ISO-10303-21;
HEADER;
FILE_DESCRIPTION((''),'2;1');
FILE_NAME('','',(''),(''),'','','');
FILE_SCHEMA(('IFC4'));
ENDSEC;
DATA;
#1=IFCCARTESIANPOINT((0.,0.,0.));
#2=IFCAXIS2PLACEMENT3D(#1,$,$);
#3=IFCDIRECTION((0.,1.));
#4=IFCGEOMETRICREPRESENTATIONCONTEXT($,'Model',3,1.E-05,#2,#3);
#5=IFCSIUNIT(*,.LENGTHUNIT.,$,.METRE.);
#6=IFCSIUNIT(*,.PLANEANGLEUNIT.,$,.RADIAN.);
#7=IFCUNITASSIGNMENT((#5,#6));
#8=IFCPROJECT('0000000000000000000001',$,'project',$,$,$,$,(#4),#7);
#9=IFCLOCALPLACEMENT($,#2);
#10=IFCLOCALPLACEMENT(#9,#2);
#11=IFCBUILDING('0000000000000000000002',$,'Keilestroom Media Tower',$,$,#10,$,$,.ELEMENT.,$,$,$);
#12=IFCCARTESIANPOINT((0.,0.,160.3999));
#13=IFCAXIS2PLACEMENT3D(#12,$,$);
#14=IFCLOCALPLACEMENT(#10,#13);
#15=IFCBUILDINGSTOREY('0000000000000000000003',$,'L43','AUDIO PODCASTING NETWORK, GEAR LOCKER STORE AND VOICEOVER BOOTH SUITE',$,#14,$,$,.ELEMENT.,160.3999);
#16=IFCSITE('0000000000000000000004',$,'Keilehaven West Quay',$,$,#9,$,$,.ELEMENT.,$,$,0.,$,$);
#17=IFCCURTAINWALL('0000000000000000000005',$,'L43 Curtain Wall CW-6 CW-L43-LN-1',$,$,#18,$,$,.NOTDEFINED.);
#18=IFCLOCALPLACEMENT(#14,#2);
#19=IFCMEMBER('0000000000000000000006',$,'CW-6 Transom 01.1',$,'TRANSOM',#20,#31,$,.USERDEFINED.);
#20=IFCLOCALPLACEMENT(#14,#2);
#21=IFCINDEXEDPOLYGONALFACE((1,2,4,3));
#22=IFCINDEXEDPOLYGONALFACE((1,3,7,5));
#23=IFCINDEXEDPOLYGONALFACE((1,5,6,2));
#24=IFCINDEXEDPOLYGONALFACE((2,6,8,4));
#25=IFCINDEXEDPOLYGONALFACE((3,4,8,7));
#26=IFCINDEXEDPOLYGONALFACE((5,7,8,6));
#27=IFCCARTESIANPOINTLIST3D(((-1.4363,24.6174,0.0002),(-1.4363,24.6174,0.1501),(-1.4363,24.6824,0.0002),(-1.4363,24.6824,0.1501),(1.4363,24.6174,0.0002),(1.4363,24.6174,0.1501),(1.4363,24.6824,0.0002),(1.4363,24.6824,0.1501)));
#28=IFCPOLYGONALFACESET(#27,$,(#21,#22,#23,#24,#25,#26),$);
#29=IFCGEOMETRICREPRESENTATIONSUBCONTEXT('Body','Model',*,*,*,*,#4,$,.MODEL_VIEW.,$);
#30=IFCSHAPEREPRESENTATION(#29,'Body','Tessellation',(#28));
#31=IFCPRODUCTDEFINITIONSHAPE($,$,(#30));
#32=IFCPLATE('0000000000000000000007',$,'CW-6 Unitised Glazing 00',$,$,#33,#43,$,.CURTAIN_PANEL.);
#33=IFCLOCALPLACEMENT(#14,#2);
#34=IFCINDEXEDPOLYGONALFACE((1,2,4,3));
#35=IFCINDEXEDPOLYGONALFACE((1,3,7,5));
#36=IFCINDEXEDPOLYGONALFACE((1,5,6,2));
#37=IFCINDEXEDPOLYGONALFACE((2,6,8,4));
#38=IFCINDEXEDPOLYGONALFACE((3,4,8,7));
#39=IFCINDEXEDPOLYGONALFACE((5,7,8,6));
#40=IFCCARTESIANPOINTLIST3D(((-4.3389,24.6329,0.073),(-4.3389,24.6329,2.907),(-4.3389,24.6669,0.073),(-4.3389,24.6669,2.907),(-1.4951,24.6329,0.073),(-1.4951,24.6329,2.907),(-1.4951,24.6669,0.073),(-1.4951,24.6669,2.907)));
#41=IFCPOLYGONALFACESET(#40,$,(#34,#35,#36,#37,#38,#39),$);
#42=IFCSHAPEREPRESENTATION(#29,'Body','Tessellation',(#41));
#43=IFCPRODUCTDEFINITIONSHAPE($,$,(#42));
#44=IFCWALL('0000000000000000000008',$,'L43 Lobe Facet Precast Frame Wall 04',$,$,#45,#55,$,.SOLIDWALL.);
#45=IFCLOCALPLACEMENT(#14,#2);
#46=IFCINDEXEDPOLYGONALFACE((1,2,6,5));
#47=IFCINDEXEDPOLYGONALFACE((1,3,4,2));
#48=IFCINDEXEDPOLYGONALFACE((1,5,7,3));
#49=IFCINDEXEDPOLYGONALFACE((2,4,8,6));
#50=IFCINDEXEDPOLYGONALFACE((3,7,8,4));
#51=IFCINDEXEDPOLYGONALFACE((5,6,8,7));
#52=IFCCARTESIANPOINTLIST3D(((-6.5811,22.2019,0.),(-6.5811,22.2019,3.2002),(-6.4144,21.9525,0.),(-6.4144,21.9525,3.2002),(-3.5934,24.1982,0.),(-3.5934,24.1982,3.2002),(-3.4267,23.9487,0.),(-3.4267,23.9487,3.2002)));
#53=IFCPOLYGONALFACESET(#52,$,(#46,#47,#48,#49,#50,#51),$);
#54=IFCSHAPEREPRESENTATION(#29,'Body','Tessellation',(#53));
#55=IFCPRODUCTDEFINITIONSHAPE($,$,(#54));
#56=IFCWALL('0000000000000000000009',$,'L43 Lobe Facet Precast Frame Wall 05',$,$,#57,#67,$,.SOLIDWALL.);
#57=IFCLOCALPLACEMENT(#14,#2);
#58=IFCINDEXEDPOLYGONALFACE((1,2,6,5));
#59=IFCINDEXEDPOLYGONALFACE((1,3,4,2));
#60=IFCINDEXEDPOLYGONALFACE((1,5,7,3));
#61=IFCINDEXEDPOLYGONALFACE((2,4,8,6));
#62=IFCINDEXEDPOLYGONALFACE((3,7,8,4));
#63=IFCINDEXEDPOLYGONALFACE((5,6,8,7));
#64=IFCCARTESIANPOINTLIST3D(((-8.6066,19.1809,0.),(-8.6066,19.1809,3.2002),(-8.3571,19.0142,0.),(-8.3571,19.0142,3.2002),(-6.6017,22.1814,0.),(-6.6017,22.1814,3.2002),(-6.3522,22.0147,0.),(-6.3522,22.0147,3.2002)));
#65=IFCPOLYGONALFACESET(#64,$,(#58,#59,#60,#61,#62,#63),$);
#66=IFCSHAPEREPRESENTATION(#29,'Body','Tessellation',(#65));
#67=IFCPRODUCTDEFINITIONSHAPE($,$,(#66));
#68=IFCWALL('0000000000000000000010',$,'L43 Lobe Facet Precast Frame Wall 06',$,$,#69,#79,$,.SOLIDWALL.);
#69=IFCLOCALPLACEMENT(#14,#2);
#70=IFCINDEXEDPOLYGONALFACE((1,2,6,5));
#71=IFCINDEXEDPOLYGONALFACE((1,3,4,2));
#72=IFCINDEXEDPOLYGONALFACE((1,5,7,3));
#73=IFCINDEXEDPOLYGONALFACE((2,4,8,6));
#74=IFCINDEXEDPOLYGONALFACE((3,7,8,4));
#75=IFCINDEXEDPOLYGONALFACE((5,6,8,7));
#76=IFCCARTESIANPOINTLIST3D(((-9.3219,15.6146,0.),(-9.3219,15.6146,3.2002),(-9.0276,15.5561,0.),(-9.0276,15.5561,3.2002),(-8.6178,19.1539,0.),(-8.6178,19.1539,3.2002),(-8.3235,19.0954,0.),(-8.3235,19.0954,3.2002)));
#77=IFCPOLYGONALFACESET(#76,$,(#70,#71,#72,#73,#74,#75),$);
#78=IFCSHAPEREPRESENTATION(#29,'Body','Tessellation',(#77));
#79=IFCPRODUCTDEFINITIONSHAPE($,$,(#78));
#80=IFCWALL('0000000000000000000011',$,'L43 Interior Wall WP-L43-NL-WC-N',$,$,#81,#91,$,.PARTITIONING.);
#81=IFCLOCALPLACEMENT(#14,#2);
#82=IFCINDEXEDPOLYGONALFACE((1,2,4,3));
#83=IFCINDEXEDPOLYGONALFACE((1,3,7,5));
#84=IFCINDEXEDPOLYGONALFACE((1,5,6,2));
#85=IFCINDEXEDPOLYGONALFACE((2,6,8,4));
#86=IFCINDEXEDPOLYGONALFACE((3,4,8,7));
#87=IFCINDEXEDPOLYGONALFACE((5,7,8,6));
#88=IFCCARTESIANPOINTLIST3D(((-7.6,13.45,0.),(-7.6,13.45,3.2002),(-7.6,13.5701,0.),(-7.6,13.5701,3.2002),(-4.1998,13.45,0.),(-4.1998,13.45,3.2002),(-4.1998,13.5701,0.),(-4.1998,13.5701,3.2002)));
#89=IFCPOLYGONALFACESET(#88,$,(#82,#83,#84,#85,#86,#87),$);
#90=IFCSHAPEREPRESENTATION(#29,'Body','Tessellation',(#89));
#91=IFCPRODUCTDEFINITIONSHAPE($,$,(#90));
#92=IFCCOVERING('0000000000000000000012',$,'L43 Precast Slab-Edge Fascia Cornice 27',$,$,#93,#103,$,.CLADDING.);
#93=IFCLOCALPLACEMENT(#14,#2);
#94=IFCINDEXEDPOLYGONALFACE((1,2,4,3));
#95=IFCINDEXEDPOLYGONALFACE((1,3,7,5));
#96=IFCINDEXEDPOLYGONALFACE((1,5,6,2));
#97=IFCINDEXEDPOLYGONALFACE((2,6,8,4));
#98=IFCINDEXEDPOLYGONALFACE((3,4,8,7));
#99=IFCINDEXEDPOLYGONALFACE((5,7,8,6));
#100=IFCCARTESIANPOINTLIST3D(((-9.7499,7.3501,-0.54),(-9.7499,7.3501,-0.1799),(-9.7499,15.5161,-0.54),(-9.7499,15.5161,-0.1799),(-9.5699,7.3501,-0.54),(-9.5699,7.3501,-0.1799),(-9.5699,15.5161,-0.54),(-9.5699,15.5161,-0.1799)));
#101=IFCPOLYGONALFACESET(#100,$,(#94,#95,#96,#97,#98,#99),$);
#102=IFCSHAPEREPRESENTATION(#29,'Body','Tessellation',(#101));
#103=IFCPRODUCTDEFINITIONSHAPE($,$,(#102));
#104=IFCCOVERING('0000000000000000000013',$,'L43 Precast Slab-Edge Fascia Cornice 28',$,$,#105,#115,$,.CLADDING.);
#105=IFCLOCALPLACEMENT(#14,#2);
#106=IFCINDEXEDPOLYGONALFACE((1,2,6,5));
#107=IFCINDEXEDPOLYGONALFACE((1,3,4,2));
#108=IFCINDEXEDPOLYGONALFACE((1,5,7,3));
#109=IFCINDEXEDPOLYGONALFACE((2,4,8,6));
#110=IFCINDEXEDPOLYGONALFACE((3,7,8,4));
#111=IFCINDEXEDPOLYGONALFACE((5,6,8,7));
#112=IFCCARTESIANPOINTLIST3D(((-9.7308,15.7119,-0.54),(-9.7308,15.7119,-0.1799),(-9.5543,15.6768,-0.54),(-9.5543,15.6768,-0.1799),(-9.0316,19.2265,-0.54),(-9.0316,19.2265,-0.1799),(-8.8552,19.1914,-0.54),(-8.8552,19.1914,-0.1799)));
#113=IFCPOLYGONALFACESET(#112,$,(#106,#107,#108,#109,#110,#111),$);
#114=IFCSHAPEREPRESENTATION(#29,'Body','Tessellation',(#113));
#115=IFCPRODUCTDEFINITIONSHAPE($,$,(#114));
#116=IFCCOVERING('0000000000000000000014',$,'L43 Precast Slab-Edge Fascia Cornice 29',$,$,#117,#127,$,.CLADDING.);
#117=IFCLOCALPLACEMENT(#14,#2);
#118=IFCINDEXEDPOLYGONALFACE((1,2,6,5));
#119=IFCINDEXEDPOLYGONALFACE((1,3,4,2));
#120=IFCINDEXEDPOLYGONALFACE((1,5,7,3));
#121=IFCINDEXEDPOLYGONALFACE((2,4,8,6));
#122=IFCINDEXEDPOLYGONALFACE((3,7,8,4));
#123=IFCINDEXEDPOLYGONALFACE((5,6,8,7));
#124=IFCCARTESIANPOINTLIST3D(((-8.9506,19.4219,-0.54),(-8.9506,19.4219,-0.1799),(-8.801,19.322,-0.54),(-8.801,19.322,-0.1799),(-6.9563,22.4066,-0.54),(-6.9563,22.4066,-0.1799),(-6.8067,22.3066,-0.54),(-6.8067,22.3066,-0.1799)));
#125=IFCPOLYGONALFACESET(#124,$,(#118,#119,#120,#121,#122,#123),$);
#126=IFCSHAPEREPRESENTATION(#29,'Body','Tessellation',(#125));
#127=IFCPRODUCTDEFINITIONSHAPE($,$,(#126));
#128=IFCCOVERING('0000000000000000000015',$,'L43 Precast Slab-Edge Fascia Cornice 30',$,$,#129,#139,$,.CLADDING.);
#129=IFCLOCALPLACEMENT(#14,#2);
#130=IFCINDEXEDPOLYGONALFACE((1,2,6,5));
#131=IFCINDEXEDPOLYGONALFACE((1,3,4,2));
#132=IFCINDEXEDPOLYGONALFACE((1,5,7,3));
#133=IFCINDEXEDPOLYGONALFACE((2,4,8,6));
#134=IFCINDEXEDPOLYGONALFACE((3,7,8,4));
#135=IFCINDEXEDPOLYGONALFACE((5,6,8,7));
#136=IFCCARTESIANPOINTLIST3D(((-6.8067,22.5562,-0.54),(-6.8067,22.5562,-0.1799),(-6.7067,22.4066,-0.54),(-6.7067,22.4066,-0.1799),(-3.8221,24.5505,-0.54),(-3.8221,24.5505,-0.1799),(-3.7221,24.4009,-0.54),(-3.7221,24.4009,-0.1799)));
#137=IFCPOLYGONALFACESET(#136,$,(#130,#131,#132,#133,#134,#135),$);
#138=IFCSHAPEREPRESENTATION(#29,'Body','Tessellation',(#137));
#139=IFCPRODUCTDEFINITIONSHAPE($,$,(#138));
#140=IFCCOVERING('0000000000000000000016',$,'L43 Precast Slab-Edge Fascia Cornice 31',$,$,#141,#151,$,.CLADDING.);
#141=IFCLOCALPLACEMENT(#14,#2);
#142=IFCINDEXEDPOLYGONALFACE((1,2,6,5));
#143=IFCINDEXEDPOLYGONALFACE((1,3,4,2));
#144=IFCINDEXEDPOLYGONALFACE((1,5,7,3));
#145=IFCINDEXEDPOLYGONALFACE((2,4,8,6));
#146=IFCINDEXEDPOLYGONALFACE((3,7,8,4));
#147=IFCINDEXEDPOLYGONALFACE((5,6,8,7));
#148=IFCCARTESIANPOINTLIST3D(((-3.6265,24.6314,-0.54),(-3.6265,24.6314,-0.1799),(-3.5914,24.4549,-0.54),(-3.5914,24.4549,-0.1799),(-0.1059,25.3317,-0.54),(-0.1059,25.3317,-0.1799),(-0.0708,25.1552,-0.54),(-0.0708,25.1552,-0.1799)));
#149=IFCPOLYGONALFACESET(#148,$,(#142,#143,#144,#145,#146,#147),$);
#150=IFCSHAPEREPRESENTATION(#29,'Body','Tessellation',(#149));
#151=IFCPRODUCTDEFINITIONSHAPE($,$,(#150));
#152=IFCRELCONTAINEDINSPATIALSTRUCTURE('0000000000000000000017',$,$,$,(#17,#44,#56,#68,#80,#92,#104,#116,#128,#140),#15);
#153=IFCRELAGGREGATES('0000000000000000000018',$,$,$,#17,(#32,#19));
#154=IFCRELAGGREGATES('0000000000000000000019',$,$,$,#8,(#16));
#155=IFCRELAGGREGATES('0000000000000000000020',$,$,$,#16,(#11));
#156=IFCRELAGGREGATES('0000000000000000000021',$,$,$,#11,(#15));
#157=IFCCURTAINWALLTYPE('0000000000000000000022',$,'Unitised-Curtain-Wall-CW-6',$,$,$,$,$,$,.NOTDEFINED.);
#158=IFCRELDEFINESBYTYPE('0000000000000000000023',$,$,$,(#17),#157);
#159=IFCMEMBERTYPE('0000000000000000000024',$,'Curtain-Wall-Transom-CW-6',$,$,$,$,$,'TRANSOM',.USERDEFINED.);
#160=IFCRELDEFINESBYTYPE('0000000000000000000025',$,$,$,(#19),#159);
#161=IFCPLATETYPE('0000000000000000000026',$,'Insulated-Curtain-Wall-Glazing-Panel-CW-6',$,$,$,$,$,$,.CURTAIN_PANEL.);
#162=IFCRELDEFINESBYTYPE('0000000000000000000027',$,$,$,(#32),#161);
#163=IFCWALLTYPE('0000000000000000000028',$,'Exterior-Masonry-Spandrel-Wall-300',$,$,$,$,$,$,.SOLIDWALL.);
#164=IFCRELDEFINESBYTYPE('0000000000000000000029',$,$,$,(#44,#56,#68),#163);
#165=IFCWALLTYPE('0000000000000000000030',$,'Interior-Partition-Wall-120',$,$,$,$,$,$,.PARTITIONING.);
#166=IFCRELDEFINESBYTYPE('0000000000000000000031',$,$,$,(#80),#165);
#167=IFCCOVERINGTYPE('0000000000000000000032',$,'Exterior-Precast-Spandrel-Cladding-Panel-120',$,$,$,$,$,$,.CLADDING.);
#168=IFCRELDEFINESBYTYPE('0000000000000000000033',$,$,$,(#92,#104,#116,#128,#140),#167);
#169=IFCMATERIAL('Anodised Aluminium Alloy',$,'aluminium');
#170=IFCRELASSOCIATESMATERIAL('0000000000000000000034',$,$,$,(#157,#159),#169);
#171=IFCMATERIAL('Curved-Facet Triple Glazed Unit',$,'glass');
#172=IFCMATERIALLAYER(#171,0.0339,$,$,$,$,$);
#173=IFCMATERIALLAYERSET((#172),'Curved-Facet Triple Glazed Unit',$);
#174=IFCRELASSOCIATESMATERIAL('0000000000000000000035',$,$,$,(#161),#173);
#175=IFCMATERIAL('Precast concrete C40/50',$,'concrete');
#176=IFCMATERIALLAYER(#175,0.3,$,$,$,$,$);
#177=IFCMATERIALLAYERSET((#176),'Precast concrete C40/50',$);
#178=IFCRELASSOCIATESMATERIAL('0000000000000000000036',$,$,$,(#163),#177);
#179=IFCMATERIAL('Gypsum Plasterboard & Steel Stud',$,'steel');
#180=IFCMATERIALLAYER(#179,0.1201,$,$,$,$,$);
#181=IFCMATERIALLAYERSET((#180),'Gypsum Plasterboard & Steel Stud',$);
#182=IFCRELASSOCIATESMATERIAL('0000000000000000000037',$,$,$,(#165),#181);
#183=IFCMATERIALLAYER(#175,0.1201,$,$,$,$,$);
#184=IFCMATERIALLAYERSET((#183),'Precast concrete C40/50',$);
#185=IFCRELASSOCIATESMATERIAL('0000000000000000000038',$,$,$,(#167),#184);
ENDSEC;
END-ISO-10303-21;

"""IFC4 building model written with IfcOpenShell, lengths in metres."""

from ifc_helpers import new_model, si_unit, direction, frame, frame_2d, origin, origin_2d, place, context, subcontext, project, spatial, rectangle, extrude, source, transform, mapped, material, layer, layer_set, material_profile, profile_set, type_object, element, aggregate, save


model = new_model("IFC4")

# Units and contexts
model_context = context("Model", 3, precision=1e-05, world=origin(), true_north=direction((0.0, 1.0)))
body_context = subcontext(model_context, "Body", "Model", "MODEL_VIEW")
ifc_project = project(units=[si_unit("LENGTHUNIT", "METRE"), si_unit("PLANEANGLEUNIT", "RADIAN")], contexts=[model_context])

# Site, building, storey
site_placement = place(None, origin())
site = spatial("IfcSite", under=ifc_project, at=site_placement, Name="Keilehaven West Quay", CompositionType="ELEMENT", RefElevation=0.0)
building_placement = place(site_placement, origin())
building = spatial("IfcBuilding", under=site, at=building_placement, Name="Keilestroom Media Tower", CompositionType="ELEMENT")
storey_placement = place(building_placement, frame((0.0, 0.0, 160.3999)))
storey = spatial("IfcBuildingStorey", under=building, at=storey_placement, Name="L43", Description="AUDIO PODCASTING NETWORK, GEAR LOCKER STORE AND VOICEOVER BOOTH SUITE", CompositionType="ELEMENT", Elevation=160.3999)

# Curtain wall, member, plate
ifc_material_1 = material(Name="Anodised Aluminium Alloy", Category="aluminium")
curtain_wall_type = type_object("IfcCurtainWallType", Name="Unitised-Curtain-Wall-CW-6", PredefinedType="NOTDEFINED", material=ifc_material_1)
curtain_wall_placement = place(storey_placement, origin())
curtain_wall = element("IfcCurtainWall", 1, at=curtain_wall_placement, inside=storey, type_object=curtain_wall_type, Name="L43 Curtain Wall CW-6 CW-L43-LN-1", PredefinedType="NOTDEFINED")
ifc_material_profile_1 = material_profile(ifc_material_1, rectangle(XDim=0.0649, YDim=0.1499, at=origin_2d()), Name="ALU TRANSOM 65x150")
ifc_profile_set_1 = profile_set([ifc_material_profile_1], Name="Anodised Aluminium Alloy")
member_type_1 = type_object("IfcMemberType", Name="Curtain-Wall-Transom-CW-6", ElementType="TRANSOM", PredefinedType="USERDEFINED", material=ifc_profile_set_1)
shared_shape_1 = source(origin(), body_context, "Body", "SweptSolid", [
    extrude(rectangle(XDim=0.0649, YDim=0.1499, at=origin_2d()), origin(), (0.0, 0.0, 1.0), 2.8726),
])
member_1_placement = place(storey_placement, frame((-1.4363, 24.6499, 0.0752), z_axis=(1.0, 0.0, 0.0), x_axis=(0.0, 1.0, 0.0)))
member_1 = element("IfcMember", 2, at=member_1_placement, type_object=member_type_1, Name="CW-6 Transom 01.1", ObjectType="TRANSOM", PredefinedType="USERDEFINED", context=body_context, shape_type="MappedRepresentation", body=[
    mapped(shared_shape_1, transform((0.0, 0.0, 0.0), x_axis=(1.0, 0.0, 0.0), y_axis=(0.0, 1.0, 0.0), z_axis=(0.0, 0.0, 1.0), scale=1.0)),
])
ifc_material_2 = material(Name="Curved-Facet Triple Glazed Unit", Category="glass")
ifc_layer_1 = layer(ifc_material_2, 0.0339)
ifc_layer_set_1 = layer_set([ifc_layer_1], Name="Curved-Facet Triple Glazed Unit")
plate_type = type_object("IfcPlateType", Name="Insulated-Curtain-Wall-Glazing-Panel-CW-6", PredefinedType="CURTAIN_PANEL", material=ifc_layer_set_1)
shared_shape_2 = source(origin(), body_context, "Body", "SweptSolid", [
    extrude(rectangle(XDim=2.8438, YDim=0.0339, at=origin_2d()), origin(), (0.0, 0.0, 1.0), 2.834),
])
plate_placement = place(storey_placement, frame((-2.917, 24.6499, 0.073), z_axis=(0.0, 0.0, 1.0), x_axis=(1.0, 0.0, 0.0)))
plate = element("IfcPlate", 3, at=plate_placement, type_object=plate_type, Name="CW-6 Unitised Glazing 00", PredefinedType="CURTAIN_PANEL", context=body_context, shape_type="MappedRepresentation", body=[
    mapped(shared_shape_2, transform((0.0, 0.0, 0.0), x_axis=(1.0, 0.0, 0.0), y_axis=(0.0, 1.0, 0.0), z_axis=(0.0, 0.0, 1.0), scale=1.0)),
])
aggregate(curtain_wall, [plate, member_1])

# Walls
ifc_material_3 = material(Name="Precast concrete C40/50", Category="concrete")
ifc_layer_2 = layer(ifc_material_3, 0.3)
ifc_layer_set_2 = layer_set([ifc_layer_2], Name="Precast concrete C40/50")
wall_type_1 = type_object("IfcWallType", Name="Exterior-Masonry-Spandrel-Wall-300", PredefinedType="SOLIDWALL", material=ifc_layer_set_2)
wall_1_placement = place(storey_placement, frame((-3.51, 24.0735, 0.0), z_axis=(0.0, 0.0, 1.0), x_axis=(-0.831475, -0.555562, 0.0)))
element("IfcWall", 4, at=wall_1_placement, inside=storey, type_object=wall_type_1, Name="L43 Lobe Facet Precast Frame Wall 04", PredefinedType="SOLIDWALL", context=body_context, shape_type="SweptSolid", body=[
    extrude(rectangle(XDim=3.5933, YDim=0.3, at=frame_2d((1.7966, 0.0))), origin(), (0.0, 0.0, 1.0), 3.2002),
])
for number, where, z_axis, x_axis, name in (
    (5, (-6.4771, 22.0979, 0.0), (0.0, 0.0, 1.0), (-0.555574, -0.831467, 0.0), "L43 Lobe Facet Precast Frame Wall 05"),
    (6, (-8.4707, 19.1245, 0.0), (0.0, 0.0, 1.0), (-0.195114, -0.980781, 0.0), "L43 Lobe Facet Precast Frame Wall 06"),
):
    element("IfcWall", number, at=place(storey_placement, frame(where, z_axis=z_axis, x_axis=x_axis)), inside=storey, type_object=wall_type_1, Name=name, PredefinedType="SOLIDWALL", context=body_context, shape_type="SweptSolid", body=[
        extrude(rectangle(XDim=3.6086, YDim=0.3, at=frame_2d((1.8042, 0.0))), origin(), (0.0, 0.0, 1.0), 3.2002),
    ])
ifc_material_4 = material(Name="Gypsum Plasterboard & Steel Stud", Category="steel")
ifc_layer_3 = layer(ifc_material_4, 0.1201)
ifc_layer_set_3 = layer_set([ifc_layer_3], Name="Gypsum Plasterboard & Steel Stud")
wall_type_2 = type_object("IfcWallType", Name="Interior-Partition-Wall-120", PredefinedType="PARTITIONING", material=ifc_layer_set_3)
wall_2_placement = place(storey_placement, frame((-7.6001, 13.51, 0.0), z_axis=(0.0, 0.0, 1.0), x_axis=(1.0, 0.0, 0.0)))
element("IfcWall", 7, at=wall_2_placement, inside=storey, type_object=wall_type_2, Name="L43 Interior Wall WP-L43-NL-WC-N", PredefinedType="PARTITIONING", context=body_context, shape_type="SweptSolid", body=[
    extrude(rectangle(XDim=3.4001, YDim=0.1201, at=frame_2d((1.7002, 0.0))), origin(), (0.0, 0.0, 1.0), 3.2002),
])

# Coverings
ifc_layer_4 = layer(ifc_material_3, 0.1201)
ifc_layer_set_4 = layer_set([ifc_layer_4], Name="Precast concrete C40/50")
covering_type = type_object("IfcCoveringType", Name="Exterior-Precast-Spandrel-Cladding-Panel-120", PredefinedType="CLADDING", material=ifc_layer_set_4)
shared_shape_3 = source(origin(), body_context, "Body", "SweptSolid", [
    extrude(rectangle(XDim=8.166, YDim=0.1799, at=origin_2d()), origin(), (0.0, 0.0, 1.0), 0.3601),
])
covering_1_placement = place(storey_placement, frame((-9.6599, 11.4331, -0.54), z_axis=(0.0, 0.0, 1.0), x_axis=(0.0, 1.0, 0.0)))
element("IfcCovering", 8, at=covering_1_placement, inside=storey, type_object=covering_type, Name="L43 Precast Slab-Edge Fascia Cornice 27", PredefinedType="CLADDING", context=body_context, shape_type="MappedRepresentation", body=[
    mapped(shared_shape_3, transform((0.0, 0.0, 0.0), x_axis=(1.0, 0.0, 0.0), y_axis=(0.0, 1.0, 0.0), z_axis=(0.0, 0.0, 1.0), scale=1.0)),
])
shared_shape_4 = source(origin(), body_context, "Body", "SweptSolid", [
    extrude(rectangle(XDim=3.5835, YDim=0.1799, at=origin_2d()), origin(), (0.0, 0.0, 1.0), 0.3601),
])
covering_2_placement = place(storey_placement, frame((-9.293, 17.4517, -0.54), z_axis=(0.0, 0.0, 1.0), x_axis=(0.195099, 0.980784, 0.0)))
element("IfcCovering", 9, at=covering_2_placement, inside=storey, type_object=covering_type, Name="L43 Precast Slab-Edge Fascia Cornice 28", PredefinedType="CLADDING", context=body_context, shape_type="MappedRepresentation", body=[
    mapped(shared_shape_4, transform((0.0, 0.0, 0.0), x_axis=(1.0, 0.0, 0.0), y_axis=(0.0, 1.0, 0.0), z_axis=(0.0, 0.0, 1.0), scale=1.0)),
])
shared_shape_5 = source(origin(), body_context, "Body", "SweptSolid", [
    extrude(rectangle(XDim=3.5896, YDim=0.1799, at=origin_2d()), origin(), (0.0, 0.0, 1.0), 0.3601),
])
for number, where, z_axis, x_axis, name in (
    (10, (-7.8787, 20.8643, -0.54), (0.0, 0.0, 1.0), (0.555575, 0.831467, 0.0), "L43 Precast Slab-Edge Fascia Cornice 29"),
    (11, (-5.2644, 23.4785, -0.54), (0.0, 0.0, 1.0), (0.831467, 0.555575, 0.0), "L43 Precast Slab-Edge Fascia Cornice 30"),
    (12, (-1.8486, 24.8933, -0.54), (0.0, 0.0, 1.0), (0.980784, 0.195099, 0.0), "L43 Precast Slab-Edge Fascia Cornice 31"),
):
    element("IfcCovering", number, at=place(storey_placement, frame(where, z_axis=z_axis, x_axis=x_axis)), inside=storey, type_object=covering_type, Name=name, PredefinedType="CLADDING", context=body_context, shape_type="MappedRepresentation", body=[
        mapped(shared_shape_5, transform((0.0, 0.0, 0.0), x_axis=(1.0, 0.0, 0.0), y_axis=(0.0, 1.0, 0.0), z_axis=(0.0, 0.0, 1.0), scale=1.0)),
    ])

save(model, "model.ifc")
